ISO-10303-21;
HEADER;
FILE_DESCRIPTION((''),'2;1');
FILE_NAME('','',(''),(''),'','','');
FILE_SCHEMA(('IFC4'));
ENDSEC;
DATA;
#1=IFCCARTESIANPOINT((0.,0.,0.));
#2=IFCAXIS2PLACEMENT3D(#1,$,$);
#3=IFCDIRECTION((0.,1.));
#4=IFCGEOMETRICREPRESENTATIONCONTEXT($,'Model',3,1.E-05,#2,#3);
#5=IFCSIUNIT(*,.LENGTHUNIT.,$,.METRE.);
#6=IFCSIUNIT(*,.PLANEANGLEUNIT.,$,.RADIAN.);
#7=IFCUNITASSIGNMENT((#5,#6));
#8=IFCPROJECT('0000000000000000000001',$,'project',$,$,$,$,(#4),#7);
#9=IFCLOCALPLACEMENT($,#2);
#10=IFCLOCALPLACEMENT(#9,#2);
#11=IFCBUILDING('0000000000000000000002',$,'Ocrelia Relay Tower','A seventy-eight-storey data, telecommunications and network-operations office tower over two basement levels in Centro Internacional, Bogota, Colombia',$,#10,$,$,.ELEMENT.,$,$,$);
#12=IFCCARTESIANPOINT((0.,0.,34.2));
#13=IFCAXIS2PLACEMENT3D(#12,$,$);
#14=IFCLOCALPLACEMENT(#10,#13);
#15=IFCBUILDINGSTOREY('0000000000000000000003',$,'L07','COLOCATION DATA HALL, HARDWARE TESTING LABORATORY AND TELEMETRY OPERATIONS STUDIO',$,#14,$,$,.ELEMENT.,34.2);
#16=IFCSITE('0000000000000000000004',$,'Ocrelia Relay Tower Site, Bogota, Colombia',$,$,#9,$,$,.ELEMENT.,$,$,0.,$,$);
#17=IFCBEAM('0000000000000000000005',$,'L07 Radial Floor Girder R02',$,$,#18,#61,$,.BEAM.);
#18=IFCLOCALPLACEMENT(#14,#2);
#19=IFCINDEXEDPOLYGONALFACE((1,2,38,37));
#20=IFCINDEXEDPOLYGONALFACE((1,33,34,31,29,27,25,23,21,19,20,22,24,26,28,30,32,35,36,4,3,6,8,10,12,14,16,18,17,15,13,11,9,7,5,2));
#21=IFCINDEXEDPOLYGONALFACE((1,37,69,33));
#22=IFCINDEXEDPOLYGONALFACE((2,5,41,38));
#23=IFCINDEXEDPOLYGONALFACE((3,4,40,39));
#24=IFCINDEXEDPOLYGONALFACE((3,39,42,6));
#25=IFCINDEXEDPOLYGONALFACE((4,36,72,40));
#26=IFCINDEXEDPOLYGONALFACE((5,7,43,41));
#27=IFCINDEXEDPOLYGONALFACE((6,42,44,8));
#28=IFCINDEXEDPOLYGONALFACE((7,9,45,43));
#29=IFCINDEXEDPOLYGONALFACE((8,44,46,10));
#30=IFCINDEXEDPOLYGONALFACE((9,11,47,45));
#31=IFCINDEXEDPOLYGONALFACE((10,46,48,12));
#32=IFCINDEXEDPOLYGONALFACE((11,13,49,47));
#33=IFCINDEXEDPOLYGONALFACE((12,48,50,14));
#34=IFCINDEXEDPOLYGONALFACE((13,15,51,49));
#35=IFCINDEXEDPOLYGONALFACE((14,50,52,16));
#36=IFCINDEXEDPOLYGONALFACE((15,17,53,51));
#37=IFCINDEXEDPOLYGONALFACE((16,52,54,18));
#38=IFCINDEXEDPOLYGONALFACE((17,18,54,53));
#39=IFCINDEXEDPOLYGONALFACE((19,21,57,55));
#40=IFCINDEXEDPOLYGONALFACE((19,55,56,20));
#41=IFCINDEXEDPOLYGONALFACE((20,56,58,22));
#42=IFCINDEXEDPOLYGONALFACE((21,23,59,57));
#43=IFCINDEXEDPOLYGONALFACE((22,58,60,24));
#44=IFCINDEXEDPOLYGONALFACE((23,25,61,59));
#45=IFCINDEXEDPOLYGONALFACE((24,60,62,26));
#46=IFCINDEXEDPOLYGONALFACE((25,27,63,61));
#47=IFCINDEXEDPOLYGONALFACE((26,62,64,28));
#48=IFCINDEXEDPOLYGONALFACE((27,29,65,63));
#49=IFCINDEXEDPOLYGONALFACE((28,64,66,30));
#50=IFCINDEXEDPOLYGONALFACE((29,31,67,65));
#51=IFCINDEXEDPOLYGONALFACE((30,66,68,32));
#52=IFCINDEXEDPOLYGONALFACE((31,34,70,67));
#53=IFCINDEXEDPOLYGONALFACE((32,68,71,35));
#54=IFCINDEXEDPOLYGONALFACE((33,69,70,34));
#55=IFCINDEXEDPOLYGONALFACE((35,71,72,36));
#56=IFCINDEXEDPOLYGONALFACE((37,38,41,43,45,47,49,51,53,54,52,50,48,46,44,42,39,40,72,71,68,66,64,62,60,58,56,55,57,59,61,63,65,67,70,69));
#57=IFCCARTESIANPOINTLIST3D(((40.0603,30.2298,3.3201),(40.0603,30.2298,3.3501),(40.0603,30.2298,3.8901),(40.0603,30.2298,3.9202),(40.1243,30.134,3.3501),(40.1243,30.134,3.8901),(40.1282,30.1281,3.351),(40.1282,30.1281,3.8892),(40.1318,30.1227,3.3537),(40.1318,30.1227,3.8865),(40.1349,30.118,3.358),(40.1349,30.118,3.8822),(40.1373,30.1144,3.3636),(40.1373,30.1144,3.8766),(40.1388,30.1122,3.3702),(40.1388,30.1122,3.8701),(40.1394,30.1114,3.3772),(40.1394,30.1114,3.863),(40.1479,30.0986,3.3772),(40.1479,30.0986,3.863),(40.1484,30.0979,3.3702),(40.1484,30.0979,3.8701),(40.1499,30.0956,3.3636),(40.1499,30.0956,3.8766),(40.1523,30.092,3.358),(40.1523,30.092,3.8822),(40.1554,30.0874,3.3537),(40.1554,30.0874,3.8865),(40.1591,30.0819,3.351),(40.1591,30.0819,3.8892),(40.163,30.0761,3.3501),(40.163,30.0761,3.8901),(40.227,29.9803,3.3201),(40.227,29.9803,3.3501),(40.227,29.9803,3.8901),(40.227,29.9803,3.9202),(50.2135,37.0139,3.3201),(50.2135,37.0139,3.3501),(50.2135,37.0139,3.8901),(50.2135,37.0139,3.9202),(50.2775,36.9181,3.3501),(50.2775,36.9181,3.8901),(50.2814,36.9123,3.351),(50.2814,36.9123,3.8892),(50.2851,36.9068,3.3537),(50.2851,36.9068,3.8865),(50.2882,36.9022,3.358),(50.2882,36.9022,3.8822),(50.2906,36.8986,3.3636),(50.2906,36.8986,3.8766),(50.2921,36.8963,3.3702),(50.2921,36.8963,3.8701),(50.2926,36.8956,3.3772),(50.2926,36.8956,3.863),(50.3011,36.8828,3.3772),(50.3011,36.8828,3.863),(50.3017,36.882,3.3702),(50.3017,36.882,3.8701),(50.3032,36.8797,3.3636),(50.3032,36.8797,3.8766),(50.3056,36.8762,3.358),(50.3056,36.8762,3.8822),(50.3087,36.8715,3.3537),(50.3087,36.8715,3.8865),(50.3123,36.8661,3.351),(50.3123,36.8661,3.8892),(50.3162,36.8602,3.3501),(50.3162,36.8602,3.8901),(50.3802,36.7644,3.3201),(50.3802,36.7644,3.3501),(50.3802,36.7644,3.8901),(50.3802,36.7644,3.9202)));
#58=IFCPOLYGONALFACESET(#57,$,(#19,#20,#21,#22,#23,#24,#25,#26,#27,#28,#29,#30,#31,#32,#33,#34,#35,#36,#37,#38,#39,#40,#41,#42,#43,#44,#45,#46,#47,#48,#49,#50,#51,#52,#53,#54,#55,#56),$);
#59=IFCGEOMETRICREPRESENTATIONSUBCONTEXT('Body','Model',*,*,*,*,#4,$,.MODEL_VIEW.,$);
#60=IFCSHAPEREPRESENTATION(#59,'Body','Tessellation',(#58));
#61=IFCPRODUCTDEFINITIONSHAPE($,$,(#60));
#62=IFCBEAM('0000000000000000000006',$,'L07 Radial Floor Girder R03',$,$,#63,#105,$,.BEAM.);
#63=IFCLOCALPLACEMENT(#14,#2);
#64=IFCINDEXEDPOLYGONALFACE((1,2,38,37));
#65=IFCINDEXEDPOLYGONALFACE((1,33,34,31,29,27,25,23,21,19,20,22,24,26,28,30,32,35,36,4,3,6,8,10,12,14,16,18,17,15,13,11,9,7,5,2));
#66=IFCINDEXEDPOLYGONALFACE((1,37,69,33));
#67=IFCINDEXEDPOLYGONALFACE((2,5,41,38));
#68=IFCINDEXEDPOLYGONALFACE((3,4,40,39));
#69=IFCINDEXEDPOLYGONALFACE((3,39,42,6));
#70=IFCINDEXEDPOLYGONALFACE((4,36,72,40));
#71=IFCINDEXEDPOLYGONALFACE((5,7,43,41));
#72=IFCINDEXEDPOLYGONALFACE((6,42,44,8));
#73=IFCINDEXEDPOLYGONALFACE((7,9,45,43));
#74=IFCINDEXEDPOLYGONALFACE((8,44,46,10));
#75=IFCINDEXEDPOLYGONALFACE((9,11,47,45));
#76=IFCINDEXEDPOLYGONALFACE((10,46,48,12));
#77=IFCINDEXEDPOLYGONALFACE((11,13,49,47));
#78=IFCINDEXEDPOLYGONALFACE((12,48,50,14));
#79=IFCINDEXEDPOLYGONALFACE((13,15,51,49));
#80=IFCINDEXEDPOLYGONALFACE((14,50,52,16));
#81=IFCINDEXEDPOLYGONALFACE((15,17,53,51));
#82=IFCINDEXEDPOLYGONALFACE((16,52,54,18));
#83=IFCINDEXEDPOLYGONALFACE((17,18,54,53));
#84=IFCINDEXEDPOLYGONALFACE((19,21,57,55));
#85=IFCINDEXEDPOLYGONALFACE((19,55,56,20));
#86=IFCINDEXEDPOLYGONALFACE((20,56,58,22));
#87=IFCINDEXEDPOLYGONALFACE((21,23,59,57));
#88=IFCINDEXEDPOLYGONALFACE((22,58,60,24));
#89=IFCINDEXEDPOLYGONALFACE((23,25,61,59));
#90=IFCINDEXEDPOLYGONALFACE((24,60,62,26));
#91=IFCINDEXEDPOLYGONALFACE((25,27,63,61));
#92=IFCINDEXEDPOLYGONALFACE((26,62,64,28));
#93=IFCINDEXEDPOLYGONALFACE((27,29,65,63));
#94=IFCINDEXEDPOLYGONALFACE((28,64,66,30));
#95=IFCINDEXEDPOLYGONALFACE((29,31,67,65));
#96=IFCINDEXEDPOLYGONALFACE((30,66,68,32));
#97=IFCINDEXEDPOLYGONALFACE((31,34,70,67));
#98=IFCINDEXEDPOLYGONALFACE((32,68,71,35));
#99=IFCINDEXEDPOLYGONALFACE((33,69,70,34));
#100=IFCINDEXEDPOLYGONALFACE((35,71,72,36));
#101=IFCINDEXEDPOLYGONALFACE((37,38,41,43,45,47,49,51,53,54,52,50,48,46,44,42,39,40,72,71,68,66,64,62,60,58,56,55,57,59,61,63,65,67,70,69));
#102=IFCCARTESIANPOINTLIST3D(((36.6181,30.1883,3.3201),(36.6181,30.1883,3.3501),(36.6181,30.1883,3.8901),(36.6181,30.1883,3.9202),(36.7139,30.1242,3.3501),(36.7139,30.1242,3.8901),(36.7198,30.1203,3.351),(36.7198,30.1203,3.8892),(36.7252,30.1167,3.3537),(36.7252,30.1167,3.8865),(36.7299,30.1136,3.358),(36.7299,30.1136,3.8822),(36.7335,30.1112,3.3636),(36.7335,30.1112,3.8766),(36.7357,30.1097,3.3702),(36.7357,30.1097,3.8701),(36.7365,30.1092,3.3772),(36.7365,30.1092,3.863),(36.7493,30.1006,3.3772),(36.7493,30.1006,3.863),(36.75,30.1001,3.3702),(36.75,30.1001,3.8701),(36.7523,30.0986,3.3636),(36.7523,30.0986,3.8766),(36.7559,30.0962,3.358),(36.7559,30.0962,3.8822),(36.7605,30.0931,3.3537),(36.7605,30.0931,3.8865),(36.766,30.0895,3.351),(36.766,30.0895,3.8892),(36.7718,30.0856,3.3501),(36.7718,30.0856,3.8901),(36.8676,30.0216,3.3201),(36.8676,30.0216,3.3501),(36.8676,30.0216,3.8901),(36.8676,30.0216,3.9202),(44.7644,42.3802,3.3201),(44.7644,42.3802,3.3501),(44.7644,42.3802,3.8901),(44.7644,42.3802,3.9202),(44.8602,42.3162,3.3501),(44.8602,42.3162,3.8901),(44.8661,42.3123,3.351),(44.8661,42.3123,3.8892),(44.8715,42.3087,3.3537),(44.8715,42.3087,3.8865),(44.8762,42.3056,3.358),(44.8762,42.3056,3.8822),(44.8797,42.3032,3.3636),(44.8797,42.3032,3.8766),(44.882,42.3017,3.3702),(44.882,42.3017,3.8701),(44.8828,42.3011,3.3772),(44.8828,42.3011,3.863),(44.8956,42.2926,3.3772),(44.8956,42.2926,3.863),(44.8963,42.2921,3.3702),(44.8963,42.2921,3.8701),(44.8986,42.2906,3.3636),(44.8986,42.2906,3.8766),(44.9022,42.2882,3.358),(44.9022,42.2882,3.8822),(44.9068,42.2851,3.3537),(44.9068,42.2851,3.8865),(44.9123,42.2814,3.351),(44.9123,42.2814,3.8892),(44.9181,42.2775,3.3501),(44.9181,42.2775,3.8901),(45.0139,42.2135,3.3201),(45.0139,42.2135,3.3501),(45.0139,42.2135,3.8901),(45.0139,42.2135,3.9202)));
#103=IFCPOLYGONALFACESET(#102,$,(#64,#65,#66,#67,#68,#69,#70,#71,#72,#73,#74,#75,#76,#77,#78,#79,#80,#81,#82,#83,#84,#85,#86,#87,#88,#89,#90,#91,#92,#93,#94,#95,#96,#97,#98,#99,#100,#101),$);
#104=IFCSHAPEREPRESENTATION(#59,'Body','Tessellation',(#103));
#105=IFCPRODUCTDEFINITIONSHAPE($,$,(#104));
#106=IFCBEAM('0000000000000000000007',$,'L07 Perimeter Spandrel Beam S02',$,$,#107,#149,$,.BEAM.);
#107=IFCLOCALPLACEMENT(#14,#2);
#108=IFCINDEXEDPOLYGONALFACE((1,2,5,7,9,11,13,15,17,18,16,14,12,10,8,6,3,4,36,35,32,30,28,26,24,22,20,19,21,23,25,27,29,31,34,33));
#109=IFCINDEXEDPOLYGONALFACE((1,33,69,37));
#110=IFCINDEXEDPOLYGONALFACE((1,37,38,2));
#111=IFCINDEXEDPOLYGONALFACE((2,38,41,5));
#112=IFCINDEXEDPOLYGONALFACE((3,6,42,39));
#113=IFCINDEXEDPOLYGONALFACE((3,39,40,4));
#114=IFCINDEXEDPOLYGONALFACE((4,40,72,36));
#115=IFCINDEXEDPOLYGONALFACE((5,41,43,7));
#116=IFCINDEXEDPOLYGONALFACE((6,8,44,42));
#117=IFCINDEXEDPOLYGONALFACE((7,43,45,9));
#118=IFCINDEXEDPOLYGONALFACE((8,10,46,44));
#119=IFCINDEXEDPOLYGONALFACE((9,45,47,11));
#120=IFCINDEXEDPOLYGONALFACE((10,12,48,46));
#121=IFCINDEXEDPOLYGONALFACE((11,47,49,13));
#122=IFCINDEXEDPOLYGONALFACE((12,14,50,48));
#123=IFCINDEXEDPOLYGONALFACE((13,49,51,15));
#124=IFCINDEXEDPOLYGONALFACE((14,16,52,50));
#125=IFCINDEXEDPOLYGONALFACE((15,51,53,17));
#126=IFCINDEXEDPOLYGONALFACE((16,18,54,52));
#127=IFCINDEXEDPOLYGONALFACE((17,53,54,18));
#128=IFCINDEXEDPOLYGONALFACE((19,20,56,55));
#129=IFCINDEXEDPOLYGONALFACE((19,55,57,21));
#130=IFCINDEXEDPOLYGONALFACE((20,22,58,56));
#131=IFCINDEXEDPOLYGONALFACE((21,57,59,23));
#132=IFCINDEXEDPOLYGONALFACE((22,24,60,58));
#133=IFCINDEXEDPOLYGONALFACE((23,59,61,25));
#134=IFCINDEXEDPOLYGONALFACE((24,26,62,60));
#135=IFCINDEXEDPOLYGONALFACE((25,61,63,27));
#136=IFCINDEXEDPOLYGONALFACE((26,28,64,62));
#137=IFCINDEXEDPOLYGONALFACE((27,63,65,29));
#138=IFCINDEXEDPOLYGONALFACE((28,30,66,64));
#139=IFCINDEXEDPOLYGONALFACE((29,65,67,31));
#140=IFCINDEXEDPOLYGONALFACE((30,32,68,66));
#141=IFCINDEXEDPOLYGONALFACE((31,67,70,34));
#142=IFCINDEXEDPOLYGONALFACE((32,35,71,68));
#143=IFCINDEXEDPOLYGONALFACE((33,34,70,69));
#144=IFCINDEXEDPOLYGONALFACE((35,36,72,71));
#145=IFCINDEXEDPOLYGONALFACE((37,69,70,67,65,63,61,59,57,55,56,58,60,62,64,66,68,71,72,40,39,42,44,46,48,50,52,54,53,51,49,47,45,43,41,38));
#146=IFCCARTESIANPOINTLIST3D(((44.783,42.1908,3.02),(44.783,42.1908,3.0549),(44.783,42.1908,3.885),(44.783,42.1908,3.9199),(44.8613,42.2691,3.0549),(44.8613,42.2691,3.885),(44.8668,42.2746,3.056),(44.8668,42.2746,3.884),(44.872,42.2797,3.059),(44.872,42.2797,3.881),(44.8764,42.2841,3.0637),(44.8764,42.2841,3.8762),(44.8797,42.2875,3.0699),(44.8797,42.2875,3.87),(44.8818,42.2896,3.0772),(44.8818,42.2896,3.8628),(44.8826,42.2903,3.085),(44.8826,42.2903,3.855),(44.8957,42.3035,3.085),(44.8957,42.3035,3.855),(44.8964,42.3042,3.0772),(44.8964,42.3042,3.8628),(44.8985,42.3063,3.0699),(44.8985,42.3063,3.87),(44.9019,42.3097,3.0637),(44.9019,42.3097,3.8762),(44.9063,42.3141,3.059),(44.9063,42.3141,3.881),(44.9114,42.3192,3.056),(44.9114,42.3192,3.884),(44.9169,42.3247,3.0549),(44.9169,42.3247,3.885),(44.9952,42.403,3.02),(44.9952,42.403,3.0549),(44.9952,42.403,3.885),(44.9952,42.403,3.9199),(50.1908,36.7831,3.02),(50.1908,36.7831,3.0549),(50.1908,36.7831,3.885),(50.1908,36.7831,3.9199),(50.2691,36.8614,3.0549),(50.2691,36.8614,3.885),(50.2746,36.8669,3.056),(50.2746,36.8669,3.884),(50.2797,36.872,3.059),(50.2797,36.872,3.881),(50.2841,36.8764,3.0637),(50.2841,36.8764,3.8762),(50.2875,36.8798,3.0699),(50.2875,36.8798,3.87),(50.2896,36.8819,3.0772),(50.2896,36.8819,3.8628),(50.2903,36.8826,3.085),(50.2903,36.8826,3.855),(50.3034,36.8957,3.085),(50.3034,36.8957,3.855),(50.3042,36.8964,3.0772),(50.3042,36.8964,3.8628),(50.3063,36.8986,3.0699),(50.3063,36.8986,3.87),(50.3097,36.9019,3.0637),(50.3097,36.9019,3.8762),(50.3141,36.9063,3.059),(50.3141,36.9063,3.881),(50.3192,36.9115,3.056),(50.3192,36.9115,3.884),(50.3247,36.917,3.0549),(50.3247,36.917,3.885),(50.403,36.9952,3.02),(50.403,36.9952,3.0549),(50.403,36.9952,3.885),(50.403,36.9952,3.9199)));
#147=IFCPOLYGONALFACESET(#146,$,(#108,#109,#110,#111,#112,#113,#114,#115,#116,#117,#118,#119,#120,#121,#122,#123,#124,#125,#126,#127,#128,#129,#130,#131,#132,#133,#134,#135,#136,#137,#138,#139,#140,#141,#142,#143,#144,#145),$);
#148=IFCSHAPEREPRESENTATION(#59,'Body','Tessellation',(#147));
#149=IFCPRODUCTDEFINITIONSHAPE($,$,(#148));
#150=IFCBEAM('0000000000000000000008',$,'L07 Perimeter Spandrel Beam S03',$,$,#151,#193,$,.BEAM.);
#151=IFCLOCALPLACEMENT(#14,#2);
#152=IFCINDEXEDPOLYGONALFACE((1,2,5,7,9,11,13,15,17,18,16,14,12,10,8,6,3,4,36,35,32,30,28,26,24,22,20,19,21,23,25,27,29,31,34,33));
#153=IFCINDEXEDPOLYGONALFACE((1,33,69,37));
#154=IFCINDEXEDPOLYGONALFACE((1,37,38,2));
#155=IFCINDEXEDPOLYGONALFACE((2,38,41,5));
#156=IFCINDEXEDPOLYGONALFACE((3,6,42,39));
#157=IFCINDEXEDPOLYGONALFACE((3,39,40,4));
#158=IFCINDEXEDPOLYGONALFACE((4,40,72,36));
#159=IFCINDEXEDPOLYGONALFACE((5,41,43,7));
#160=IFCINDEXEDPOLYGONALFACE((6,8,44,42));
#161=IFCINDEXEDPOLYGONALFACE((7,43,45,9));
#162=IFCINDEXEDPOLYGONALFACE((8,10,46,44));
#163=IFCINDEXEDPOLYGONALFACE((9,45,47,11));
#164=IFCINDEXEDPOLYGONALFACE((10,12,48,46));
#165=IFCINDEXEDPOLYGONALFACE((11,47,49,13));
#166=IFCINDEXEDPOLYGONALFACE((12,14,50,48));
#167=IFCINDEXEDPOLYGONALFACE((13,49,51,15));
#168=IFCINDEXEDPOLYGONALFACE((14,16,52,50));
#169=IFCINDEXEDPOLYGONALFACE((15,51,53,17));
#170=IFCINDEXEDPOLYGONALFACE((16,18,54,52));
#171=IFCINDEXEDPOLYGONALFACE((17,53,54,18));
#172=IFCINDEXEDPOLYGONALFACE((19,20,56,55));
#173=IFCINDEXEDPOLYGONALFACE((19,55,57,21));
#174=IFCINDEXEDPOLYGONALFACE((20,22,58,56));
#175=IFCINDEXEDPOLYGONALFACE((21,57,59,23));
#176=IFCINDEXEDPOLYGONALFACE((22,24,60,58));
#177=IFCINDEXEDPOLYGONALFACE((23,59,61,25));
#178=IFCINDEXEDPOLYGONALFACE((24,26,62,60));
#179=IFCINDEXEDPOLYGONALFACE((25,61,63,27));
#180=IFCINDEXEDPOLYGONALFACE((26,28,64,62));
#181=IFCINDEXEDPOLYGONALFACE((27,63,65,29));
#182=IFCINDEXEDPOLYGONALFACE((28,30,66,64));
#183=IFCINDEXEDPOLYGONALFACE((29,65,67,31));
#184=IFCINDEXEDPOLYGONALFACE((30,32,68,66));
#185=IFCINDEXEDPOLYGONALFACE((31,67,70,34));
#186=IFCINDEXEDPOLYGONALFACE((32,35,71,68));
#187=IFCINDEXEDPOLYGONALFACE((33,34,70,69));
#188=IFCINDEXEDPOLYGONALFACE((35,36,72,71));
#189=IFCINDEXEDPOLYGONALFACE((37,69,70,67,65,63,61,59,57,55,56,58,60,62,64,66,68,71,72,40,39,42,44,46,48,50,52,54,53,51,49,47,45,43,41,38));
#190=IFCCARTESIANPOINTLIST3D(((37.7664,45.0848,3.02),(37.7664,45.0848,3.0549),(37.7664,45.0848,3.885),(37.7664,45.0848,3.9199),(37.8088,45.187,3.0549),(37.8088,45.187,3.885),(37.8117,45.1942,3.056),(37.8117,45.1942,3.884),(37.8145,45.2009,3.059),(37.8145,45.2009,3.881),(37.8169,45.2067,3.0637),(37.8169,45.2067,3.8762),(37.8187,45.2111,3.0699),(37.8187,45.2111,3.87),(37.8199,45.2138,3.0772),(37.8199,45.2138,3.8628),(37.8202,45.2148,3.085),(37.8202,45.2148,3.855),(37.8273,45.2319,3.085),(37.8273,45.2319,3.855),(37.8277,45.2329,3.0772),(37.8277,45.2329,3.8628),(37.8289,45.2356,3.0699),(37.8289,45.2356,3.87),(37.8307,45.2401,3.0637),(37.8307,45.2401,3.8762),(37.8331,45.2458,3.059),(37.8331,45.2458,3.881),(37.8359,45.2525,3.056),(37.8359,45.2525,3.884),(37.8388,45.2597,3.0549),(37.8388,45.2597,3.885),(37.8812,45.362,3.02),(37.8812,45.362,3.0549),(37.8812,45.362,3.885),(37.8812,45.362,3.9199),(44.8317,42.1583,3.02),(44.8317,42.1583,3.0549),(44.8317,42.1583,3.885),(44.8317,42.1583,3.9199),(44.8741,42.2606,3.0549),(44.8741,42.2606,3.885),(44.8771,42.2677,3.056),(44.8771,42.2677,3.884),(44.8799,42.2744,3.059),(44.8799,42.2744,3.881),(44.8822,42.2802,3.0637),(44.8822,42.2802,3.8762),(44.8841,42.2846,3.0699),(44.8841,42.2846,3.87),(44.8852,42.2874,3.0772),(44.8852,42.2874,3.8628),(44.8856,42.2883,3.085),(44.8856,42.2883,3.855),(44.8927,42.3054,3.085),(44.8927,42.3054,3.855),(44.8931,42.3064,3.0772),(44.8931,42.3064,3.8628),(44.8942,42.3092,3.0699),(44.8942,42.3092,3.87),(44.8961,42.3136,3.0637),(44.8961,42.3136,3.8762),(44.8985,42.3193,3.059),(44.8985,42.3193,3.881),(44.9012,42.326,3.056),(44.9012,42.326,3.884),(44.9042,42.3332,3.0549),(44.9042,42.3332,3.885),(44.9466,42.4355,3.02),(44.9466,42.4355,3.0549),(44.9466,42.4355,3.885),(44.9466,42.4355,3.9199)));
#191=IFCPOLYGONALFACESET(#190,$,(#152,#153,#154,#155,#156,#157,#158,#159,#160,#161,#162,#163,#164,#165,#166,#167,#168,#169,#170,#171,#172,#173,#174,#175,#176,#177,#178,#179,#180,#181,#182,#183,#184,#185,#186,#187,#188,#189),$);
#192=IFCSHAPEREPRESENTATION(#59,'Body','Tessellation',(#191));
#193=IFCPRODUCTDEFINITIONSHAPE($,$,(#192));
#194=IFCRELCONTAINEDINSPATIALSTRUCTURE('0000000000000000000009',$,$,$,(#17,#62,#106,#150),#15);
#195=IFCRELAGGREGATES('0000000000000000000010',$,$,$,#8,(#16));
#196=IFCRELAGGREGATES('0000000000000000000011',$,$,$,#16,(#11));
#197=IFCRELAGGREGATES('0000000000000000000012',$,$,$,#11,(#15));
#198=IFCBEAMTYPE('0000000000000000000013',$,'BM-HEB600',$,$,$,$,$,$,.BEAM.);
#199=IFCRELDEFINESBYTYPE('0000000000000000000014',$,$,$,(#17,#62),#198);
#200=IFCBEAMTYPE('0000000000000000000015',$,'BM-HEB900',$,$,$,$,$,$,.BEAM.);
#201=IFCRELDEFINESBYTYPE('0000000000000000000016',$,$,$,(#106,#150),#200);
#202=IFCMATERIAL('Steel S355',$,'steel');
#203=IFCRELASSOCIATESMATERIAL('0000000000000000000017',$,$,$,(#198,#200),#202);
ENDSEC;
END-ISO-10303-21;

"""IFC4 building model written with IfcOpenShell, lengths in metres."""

from ifc_helpers import new_model, si_unit, direction, frame, origin, origin_2d, place, context, subcontext, project, spatial, i_section, extrude, material, material_profile, profile_set, type_object, element, save


model = new_model("IFC4")

# Units and contexts
model_context = context("Model", 3, precision=1e-05, world=origin(), true_north=direction((0.0, 1.0)))
body_context = subcontext(model_context, "Body", "Model", "MODEL_VIEW")
ifc_project = project(units=[si_unit("LENGTHUNIT", "METRE"), si_unit("PLANEANGLEUNIT", "RADIAN")], contexts=[model_context])

# Site, building, storey
site_placement = place(None, origin())
site = spatial("IfcSite", under=ifc_project, at=site_placement, Name="Ocrelia Relay Tower Site, Bogota, Colombia", CompositionType="ELEMENT", RefElevation=0.0)
building_placement = place(site_placement, origin())
building = spatial("IfcBuilding", under=site, at=building_placement, Name="Ocrelia Relay Tower", Description="A seventy-eight-storey data, telecommunications and network-operations office tower over two basement levels in Centro Internacional, Bogota, Colombia", CompositionType="ELEMENT")
storey_placement = place(building_placement, frame((0.0, 0.0, 34.2)))
storey = spatial("IfcBuildingStorey", under=building, at=storey_placement, Name="L07", Description="COLOCATION DATA HALL, HARDWARE TESTING LABORATORY AND TELEMETRY OPERATIONS STUDIO", CompositionType="ELEMENT", Elevation=34.2)

# Beams
ifc_material_1 = material(Name="Steel S355", Category="steel")
ifc_material_profile_1 = material_profile(ifc_material_1, i_section(OverallWidth=0.3, OverallDepth=0.6001, WebThickness=0.0154, FlangeThickness=0.03, FilletRadius=0.0271, at=origin_2d()), Name="HEB 600")
ifc_profile_set_1 = profile_set([ifc_material_profile_1], Name="Steel S355")
beam_type_1 = type_object("IfcBeamType", Name="BM-HEB600", PredefinedType="BEAM", material=ifc_profile_set_1)
beam_1_placement = place(storey_placement, frame((50.2969, 36.8892, 3.6201), z_axis=(-0.831472, -0.555567, 0.0), x_axis=(0.555567, -0.831472, 0.0)))
element("IfcBeam", 1, at=beam_1_placement, inside=storey, type_object=beam_type_1, Name="L07 Radial Floor Girder R02", PredefinedType="BEAM", context=body_context, shape_type="SweptSolid", body=[
    extrude(i_section(OverallWidth=0.3, OverallDepth=0.6001, WebThickness=0.0154, FlangeThickness=0.03, FilletRadius=0.0271, at=origin_2d()), origin(), (0.0, 0.0, 1.0), 12.2112),
])
beam_2_placement = place(storey_placement, frame((44.8892, 42.2969, 3.6201), z_axis=(-0.555564, -0.831473, 0.0), x_axis=(0.831473, -0.555564, 0.0)))
element("IfcBeam", 2, at=beam_2_placement, inside=storey, type_object=beam_type_1, Name="L07 Radial Floor Girder R03", PredefinedType="BEAM", context=body_context, shape_type="SweptSolid", body=[
    extrude(i_section(OverallWidth=0.3, OverallDepth=0.6001, WebThickness=0.0154, FlangeThickness=0.03, FilletRadius=0.0271, at=origin_2d()), origin(), (0.0, 0.0, 1.0), 14.6631),
])
ifc_material_profile_2 = material_profile(ifc_material_1, i_section(OverallWidth=0.3, OverallDepth=0.8999, WebThickness=0.0186, FlangeThickness=0.0349, FilletRadius=0.03, at=origin_2d()), Name="HEB 900")
ifc_profile_set_2 = profile_set([ifc_material_profile_2], Name="Steel S355")
beam_type_2 = type_object("IfcBeamType", Name="BM-HEB900", PredefinedType="BEAM", material=ifc_profile_set_2)
beam_3_placement = place(storey_placement, frame((50.2969, 36.8892, 3.47), z_axis=(-0.707107, 0.707107, 0.0), x_axis=(-0.707107, -0.707107, 0.0)))
element("IfcBeam", 3, at=beam_3_placement, inside=storey, type_object=beam_type_2, Name="L07 Perimeter Spandrel Beam S02", PredefinedType="BEAM", context=body_context, shape_type="SweptSolid", body=[
    extrude(i_section(OverallWidth=0.3, OverallDepth=0.8999, WebThickness=0.0186, FlangeThickness=0.0349, FilletRadius=0.03, at=origin_2d()), origin(), (0.0, 0.0, 1.0), 7.6477),
])
beam_4_placement = place(storey_placement, frame((44.8892, 42.2969, 3.47), z_axis=(-0.923883, 0.382674, 0.0), x_axis=(-0.382674, -0.923883, 0.0)))
element("IfcBeam", 4, at=beam_4_placement, inside=storey, type_object=beam_type_2, Name="L07 Perimeter Spandrel Beam S03", PredefinedType="BEAM", context=body_context, shape_type="SweptSolid", body=[
    extrude(i_section(OverallWidth=0.3, OverallDepth=0.8999, WebThickness=0.0186, FlangeThickness=0.0349, FilletRadius=0.03, at=origin_2d()), origin(), (0.0, 0.0, 1.0), 7.6475),
])

save(model, "model.ifc")
